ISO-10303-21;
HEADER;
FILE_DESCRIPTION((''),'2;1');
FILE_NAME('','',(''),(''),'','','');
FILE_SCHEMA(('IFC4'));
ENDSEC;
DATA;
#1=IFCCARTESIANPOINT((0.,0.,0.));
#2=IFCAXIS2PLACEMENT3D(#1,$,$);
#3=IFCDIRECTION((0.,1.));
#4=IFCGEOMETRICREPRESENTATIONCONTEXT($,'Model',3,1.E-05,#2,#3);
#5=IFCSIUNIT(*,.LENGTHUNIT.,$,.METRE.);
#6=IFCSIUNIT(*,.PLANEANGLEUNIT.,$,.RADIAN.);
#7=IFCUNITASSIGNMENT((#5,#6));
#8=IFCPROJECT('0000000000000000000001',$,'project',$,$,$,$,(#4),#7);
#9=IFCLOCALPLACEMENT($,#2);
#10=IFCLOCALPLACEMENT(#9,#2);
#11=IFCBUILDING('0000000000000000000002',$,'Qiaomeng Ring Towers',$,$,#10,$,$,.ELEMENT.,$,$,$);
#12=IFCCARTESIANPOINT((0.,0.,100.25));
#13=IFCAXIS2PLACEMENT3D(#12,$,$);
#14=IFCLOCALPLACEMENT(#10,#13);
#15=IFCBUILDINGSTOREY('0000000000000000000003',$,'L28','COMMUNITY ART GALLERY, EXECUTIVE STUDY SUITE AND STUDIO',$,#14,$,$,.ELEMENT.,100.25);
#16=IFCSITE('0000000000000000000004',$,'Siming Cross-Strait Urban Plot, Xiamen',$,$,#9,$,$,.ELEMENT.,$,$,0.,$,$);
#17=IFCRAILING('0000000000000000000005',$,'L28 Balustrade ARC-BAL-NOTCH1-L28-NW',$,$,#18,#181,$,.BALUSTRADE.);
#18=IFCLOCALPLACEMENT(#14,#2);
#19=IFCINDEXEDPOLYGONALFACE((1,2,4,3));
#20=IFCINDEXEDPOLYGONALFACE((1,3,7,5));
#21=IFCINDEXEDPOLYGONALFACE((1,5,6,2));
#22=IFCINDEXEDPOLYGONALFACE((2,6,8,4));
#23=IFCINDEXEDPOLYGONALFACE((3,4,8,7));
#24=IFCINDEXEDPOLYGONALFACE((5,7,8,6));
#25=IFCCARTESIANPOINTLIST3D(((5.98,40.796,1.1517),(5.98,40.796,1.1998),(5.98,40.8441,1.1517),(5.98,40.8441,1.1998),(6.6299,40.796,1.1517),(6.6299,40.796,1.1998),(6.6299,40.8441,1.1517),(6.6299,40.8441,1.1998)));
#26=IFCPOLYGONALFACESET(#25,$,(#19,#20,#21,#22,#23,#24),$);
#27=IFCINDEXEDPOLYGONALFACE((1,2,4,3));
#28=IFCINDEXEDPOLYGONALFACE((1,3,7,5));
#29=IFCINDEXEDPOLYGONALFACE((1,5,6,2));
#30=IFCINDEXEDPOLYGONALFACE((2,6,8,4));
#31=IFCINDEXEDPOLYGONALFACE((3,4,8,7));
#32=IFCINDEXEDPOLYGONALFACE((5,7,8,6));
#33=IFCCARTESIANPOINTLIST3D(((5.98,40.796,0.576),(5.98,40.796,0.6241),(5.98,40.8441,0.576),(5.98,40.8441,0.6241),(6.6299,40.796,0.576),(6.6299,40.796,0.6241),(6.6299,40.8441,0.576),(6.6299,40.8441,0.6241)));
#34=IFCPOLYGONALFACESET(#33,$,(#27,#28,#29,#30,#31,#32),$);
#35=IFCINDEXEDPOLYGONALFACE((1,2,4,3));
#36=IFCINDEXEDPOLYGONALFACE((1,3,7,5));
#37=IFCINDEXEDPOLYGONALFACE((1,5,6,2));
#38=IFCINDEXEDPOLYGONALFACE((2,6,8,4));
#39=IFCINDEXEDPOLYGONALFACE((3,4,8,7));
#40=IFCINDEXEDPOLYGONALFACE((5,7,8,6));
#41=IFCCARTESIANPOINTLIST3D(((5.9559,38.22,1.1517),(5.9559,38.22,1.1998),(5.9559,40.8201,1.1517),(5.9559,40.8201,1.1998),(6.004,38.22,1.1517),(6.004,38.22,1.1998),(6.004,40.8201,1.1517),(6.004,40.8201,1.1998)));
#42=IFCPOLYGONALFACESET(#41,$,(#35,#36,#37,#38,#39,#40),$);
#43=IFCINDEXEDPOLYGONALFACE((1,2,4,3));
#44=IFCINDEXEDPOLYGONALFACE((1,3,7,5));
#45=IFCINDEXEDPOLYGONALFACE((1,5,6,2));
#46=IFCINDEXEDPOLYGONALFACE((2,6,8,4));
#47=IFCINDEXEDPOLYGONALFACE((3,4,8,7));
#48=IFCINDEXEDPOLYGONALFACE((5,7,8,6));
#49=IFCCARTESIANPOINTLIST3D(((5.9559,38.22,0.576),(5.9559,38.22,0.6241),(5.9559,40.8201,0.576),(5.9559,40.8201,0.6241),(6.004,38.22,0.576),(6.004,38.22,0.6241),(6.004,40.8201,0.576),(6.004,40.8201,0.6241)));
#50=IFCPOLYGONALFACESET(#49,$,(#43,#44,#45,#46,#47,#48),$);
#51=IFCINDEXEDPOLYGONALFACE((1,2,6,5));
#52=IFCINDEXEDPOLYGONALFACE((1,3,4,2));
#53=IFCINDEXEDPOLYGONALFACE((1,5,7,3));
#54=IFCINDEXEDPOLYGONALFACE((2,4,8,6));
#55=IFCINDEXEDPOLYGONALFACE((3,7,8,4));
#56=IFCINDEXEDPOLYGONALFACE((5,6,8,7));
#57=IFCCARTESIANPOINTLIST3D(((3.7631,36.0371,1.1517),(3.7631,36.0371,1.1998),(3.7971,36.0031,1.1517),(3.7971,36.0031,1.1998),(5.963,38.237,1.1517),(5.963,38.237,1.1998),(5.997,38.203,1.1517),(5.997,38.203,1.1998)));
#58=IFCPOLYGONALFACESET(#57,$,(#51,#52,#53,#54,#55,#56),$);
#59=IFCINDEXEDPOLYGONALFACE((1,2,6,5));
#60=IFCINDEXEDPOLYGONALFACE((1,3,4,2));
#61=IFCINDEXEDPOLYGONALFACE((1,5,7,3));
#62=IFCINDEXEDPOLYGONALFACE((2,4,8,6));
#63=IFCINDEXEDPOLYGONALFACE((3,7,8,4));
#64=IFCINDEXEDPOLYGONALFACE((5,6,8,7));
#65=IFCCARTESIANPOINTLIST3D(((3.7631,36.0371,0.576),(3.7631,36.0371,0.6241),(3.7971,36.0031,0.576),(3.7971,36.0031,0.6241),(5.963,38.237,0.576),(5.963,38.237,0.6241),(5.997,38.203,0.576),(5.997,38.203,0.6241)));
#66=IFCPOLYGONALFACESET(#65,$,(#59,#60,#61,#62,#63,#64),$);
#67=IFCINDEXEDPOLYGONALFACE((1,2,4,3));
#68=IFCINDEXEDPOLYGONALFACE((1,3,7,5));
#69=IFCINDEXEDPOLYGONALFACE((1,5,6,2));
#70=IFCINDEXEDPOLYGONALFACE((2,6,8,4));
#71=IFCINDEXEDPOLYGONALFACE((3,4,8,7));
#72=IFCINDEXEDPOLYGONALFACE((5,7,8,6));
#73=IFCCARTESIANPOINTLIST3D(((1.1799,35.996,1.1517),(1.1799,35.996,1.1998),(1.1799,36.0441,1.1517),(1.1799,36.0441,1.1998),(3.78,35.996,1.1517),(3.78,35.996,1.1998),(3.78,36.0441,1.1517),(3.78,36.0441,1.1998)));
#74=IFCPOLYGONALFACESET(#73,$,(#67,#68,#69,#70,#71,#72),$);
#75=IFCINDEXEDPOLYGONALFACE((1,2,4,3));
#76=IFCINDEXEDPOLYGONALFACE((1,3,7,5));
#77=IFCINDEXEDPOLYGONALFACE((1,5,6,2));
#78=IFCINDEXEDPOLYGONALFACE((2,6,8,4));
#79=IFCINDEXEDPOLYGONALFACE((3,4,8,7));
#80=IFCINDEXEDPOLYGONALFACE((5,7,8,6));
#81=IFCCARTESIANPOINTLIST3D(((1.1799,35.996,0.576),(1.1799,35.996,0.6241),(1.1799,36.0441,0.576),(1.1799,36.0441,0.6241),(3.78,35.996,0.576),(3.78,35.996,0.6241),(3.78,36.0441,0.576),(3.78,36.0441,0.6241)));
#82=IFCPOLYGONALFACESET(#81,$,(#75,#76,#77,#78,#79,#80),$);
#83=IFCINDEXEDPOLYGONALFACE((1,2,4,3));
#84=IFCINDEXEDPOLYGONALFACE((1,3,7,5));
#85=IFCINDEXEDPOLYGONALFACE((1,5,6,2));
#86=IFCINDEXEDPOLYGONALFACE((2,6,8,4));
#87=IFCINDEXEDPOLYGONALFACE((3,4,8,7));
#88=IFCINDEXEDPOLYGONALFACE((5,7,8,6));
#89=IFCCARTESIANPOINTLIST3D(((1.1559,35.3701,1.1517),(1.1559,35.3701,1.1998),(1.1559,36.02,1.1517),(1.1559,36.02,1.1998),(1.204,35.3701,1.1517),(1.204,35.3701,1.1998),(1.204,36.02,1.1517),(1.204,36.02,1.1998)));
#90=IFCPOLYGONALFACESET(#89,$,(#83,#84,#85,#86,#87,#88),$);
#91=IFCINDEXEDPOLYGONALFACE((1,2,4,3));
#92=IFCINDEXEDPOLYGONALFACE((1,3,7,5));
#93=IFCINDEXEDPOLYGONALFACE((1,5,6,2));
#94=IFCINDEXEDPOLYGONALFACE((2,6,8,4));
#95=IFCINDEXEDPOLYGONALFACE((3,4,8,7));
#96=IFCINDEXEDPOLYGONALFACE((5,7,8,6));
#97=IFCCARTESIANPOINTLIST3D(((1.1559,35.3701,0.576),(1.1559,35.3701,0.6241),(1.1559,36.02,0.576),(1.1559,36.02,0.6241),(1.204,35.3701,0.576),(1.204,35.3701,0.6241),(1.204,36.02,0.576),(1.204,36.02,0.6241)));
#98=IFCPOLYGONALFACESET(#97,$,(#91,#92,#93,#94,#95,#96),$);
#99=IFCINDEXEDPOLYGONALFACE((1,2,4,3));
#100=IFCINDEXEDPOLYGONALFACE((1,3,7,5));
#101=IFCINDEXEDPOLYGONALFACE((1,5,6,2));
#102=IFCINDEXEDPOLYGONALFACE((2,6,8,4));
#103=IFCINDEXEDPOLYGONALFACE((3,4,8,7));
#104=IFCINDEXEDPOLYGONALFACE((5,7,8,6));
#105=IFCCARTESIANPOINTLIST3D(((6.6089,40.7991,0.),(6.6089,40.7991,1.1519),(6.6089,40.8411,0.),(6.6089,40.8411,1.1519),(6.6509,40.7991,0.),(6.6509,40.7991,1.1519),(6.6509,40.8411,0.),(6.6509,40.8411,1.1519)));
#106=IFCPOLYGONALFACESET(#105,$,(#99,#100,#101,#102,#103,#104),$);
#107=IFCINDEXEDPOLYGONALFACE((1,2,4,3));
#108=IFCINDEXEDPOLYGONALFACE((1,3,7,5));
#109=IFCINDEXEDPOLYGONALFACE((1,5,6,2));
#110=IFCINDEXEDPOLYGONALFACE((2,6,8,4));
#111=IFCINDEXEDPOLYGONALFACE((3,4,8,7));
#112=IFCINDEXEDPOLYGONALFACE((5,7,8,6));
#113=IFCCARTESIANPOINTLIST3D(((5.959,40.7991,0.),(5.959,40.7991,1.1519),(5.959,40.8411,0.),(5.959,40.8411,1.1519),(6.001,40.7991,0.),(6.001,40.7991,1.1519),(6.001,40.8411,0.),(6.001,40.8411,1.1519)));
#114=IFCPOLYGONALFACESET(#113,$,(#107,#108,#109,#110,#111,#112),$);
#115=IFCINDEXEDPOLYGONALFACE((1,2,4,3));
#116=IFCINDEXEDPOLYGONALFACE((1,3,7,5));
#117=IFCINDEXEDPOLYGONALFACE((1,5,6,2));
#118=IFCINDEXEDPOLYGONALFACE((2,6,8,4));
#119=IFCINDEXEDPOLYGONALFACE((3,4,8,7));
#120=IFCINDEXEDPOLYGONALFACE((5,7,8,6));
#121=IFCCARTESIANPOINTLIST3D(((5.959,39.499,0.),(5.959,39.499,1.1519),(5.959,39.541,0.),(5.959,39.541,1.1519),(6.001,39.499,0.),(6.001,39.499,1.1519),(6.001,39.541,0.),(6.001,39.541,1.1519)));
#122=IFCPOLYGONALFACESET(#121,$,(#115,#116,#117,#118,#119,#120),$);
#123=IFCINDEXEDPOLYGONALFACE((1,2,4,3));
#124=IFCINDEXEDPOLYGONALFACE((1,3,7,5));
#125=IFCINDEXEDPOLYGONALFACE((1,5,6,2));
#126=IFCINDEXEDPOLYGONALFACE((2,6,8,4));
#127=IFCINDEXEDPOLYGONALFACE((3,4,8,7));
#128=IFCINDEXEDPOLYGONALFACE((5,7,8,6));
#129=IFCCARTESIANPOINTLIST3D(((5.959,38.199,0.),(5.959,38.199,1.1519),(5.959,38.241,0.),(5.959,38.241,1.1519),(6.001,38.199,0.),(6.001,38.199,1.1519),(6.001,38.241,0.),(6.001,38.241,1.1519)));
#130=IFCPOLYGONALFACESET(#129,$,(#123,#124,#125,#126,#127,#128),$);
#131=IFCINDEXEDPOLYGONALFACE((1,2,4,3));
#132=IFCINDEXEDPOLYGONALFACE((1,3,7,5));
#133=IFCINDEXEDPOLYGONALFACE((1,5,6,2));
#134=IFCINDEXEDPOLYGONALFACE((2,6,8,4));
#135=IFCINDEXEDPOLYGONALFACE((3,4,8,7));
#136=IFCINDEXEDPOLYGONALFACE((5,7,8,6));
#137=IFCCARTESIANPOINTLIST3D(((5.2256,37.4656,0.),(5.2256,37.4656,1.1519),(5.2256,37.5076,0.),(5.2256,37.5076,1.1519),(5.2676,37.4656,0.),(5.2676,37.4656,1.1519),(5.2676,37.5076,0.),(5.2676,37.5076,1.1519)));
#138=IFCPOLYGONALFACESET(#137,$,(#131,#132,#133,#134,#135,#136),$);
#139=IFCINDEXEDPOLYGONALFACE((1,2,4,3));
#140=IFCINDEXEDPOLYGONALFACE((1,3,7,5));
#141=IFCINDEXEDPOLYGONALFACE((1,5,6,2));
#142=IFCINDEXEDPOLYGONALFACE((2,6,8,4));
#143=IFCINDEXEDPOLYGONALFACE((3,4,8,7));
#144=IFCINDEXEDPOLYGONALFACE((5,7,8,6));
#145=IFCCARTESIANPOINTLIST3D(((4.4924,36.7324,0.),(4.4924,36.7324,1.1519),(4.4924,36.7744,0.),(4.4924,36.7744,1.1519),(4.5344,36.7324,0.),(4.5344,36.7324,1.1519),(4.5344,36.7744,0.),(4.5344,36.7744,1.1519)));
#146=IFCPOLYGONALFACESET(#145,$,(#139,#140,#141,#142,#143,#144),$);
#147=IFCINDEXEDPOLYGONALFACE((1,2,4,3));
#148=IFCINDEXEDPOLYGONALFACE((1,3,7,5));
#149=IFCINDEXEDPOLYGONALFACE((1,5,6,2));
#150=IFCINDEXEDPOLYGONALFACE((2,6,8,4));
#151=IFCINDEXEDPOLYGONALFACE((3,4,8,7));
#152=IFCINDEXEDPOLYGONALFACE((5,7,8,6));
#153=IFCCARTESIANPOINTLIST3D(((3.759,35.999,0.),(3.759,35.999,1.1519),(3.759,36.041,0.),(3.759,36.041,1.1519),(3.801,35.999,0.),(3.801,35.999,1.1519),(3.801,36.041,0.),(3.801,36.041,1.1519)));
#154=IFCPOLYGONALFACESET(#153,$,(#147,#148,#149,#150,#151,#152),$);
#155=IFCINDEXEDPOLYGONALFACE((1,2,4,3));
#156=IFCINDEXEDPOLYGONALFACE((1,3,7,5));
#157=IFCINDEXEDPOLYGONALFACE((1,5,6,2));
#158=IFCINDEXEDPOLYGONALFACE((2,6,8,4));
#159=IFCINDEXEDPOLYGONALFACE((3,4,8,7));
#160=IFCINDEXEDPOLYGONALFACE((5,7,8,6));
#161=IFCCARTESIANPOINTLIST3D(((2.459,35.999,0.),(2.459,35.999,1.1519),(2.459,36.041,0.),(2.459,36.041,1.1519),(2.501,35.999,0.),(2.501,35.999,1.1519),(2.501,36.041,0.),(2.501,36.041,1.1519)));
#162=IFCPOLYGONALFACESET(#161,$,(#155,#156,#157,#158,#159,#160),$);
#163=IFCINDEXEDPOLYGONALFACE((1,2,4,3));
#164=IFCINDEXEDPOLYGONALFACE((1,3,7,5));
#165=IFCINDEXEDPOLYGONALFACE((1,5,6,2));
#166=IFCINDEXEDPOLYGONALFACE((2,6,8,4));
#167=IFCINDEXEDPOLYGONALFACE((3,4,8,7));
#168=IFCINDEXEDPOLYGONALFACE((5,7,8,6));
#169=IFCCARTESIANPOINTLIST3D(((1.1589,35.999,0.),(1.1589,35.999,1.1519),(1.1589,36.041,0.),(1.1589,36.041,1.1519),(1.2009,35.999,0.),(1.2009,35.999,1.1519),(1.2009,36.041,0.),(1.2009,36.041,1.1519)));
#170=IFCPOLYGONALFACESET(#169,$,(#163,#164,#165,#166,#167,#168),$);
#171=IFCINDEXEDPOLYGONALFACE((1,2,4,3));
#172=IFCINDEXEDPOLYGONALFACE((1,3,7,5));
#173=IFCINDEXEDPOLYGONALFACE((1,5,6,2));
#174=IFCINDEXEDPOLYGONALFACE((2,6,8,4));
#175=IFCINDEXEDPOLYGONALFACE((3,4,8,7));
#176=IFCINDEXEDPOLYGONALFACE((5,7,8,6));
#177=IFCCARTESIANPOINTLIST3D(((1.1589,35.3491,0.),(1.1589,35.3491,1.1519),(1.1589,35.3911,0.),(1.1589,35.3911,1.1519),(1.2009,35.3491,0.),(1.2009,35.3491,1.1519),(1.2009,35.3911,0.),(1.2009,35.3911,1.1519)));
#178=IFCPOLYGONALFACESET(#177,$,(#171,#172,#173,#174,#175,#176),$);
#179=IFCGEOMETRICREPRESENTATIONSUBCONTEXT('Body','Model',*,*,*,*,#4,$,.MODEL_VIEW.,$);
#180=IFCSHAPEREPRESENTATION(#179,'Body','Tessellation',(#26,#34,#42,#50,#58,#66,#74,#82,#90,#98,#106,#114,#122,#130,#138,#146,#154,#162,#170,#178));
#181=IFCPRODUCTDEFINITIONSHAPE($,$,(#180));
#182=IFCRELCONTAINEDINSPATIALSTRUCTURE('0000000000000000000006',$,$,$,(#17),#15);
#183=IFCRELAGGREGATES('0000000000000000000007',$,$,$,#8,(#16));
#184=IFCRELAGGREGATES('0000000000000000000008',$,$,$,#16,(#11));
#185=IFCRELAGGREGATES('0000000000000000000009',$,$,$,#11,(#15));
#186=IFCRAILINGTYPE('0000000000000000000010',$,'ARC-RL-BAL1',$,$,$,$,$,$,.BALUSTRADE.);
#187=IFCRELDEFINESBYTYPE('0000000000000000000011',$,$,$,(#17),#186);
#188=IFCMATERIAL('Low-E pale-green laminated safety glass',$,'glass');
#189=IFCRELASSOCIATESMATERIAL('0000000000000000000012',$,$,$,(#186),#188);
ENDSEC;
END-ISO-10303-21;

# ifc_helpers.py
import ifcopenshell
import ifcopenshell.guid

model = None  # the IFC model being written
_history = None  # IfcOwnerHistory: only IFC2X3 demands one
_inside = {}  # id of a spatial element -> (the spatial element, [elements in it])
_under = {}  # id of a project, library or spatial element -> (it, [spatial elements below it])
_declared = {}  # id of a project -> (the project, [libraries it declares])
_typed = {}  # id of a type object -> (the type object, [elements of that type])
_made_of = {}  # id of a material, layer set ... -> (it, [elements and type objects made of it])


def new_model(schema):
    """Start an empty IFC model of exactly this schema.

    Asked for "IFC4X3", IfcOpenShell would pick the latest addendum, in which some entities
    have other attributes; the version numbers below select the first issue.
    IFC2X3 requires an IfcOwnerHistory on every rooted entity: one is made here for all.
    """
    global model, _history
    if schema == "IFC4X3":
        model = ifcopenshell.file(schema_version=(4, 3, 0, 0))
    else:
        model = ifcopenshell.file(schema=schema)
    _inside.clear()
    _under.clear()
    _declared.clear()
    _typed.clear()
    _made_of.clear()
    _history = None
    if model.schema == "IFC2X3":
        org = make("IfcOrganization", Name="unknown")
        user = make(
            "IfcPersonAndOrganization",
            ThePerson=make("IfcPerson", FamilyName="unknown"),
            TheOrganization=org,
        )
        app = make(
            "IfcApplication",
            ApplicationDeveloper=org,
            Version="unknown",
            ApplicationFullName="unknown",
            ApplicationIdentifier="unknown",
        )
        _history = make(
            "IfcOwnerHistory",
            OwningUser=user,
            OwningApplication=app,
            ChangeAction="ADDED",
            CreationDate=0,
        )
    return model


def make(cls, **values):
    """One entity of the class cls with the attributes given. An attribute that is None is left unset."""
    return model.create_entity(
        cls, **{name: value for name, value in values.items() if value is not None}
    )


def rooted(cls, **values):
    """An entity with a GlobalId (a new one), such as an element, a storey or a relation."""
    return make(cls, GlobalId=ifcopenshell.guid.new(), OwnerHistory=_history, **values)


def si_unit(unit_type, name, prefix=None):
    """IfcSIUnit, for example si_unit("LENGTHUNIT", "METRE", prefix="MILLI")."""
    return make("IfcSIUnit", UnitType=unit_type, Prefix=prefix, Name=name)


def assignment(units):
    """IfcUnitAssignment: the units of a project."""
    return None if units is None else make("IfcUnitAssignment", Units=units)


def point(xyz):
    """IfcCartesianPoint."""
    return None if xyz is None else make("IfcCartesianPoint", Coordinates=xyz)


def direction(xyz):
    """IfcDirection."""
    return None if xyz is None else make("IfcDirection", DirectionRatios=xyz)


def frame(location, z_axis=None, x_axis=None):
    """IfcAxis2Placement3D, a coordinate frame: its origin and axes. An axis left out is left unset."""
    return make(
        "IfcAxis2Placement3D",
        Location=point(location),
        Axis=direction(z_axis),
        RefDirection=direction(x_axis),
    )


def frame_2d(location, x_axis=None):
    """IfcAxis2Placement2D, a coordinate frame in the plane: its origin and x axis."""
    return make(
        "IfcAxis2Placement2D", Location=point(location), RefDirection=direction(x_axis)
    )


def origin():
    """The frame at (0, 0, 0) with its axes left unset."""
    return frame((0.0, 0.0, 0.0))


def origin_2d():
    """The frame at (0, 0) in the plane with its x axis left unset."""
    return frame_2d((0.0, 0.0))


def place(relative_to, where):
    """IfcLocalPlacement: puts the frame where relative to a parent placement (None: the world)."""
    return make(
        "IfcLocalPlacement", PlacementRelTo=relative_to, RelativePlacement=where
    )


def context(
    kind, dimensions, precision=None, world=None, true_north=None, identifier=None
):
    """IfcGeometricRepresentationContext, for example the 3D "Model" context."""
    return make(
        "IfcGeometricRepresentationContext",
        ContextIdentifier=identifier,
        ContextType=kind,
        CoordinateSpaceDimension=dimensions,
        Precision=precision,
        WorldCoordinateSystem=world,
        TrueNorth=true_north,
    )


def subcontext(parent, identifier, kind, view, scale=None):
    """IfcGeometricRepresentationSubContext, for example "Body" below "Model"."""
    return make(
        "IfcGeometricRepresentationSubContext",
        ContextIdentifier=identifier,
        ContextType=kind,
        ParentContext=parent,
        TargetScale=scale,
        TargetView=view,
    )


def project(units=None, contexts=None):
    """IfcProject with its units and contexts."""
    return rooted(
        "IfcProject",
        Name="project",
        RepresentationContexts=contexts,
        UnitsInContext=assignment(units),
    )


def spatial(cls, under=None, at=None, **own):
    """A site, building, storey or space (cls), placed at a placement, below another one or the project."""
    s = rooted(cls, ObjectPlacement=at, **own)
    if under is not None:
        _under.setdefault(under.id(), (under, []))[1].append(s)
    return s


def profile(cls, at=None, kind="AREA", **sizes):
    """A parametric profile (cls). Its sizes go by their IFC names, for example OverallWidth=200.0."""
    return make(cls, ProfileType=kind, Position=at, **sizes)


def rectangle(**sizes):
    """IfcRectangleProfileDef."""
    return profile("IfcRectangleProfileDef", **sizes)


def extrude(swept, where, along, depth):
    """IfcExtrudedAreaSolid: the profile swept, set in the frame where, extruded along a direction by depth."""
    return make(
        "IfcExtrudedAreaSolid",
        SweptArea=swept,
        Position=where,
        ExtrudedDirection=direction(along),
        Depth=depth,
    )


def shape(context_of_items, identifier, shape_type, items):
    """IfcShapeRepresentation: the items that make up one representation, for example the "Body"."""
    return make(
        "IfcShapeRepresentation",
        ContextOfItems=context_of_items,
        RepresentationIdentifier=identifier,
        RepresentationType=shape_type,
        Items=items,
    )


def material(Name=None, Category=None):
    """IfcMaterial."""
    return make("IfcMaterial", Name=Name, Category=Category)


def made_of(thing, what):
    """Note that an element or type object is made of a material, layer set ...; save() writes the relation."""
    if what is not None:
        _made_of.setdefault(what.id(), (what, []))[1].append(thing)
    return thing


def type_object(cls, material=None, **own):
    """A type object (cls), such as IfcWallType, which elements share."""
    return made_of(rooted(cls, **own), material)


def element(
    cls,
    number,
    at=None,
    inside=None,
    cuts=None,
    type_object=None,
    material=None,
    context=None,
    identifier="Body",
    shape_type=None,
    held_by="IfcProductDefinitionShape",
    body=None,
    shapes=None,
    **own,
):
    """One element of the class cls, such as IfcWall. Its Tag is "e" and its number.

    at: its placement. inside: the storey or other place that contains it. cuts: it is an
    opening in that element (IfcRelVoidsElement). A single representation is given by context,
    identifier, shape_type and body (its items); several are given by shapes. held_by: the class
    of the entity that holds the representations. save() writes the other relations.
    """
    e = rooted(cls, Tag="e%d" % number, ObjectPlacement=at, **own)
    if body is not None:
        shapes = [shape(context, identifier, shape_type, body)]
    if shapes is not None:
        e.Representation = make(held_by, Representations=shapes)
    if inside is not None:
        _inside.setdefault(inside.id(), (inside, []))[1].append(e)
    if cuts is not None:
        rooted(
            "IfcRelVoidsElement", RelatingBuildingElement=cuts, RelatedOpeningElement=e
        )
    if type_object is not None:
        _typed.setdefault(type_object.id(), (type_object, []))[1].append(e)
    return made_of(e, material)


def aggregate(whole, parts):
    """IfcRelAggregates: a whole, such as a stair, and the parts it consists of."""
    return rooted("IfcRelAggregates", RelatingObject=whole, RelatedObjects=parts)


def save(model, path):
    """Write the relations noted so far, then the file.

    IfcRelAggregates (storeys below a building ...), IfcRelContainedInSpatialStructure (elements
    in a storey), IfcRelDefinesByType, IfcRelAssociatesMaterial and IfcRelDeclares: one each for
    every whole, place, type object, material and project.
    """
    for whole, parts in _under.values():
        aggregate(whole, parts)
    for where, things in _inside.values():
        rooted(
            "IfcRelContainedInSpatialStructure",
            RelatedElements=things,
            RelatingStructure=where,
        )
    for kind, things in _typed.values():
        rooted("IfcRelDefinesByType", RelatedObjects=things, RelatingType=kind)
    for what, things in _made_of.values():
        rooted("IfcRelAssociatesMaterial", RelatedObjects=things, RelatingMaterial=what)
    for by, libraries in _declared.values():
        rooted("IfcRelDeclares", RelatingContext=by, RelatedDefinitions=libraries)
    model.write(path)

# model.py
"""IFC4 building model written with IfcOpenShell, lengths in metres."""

from ifc_helpers import new_model, si_unit, direction, frame, origin, origin_2d, place, context, subcontext, project, spatial, rectangle, extrude, material, type_object, element, save


model = new_model("IFC4")

# Units and contexts
model_context = context("Model", 3, precision=1e-05, world=origin(), true_north=direction((0.0, 1.0)))
body_context = subcontext(model_context, "Body", "Model", "MODEL_VIEW")
ifc_project = project(units=[si_unit("LENGTHUNIT", "METRE"), si_unit("PLANEANGLEUNIT", "RADIAN")], contexts=[model_context])

# Site, building, storey
site_placement = place(None, origin())
site = spatial("IfcSite", under=ifc_project, at=site_placement, Name="Siming Cross-Strait Urban Plot, Xiamen", CompositionType="ELEMENT", RefElevation=0.0)
building_placement = place(site_placement, origin())
building = spatial("IfcBuilding", under=site, at=building_placement, Name="Qiaomeng Ring Towers", CompositionType="ELEMENT")
storey_placement = place(building_placement, frame((0.0, 0.0, 100.25)))
storey = spatial("IfcBuildingStorey", under=building, at=storey_placement, Name="L28", Description="COMMUNITY ART GALLERY, EXECUTIVE STUDY SUITE AND STUDIO", CompositionType="ELEMENT", Elevation=100.25)

# Railing
ifc_material_1 = material(Name="Low-E pale-green laminated safety glass", Category="glass")
railing_type = type_object("IfcRailingType", Name="ARC-RL-BAL1", PredefinedType="BALUSTRADE", material=ifc_material_1)
railing_placement = place(storey_placement, frame((6.6299, 40.8201, 0.0)))
element("IfcRailing", 1, at=railing_placement, inside=storey, type_object=railing_type, Name="L28 Balustrade ARC-BAL-NOTCH1-L28-NW", PredefinedType="BALUSTRADE", context=body_context, shape_type="SweptSolid", body=[
    extrude(rectangle(XDim=0.0481, YDim=0.0481, at=origin_2d()), frame((0.0, 0.0, 1.1758), z_axis=(-1.0, 0.0, 0.0), x_axis=(0.0, -1.0, 0.0)), (0.0, 0.0, 1.0), 0.6499),
    extrude(rectangle(XDim=0.0481, YDim=0.0481, at=origin_2d()), frame((0.0, 0.0, 0.6001), z_axis=(-1.0, 0.0, 0.0), x_axis=(0.0, -1.0, 0.0)), (0.0, 0.0, 1.0), 0.6499),
    extrude(rectangle(XDim=0.0481, YDim=0.0481, at=origin_2d()), frame((-0.6499, 0.0, 1.1758), z_axis=(0.0, -1.0, 0.0), x_axis=(1.0, 0.0, 0.0)), (0.0, 0.0, 1.0), 2.6001),
    extrude(rectangle(XDim=0.0481, YDim=0.0481, at=origin_2d()), frame((-0.6499, 0.0, 0.6001), z_axis=(0.0, -1.0, 0.0), x_axis=(1.0, 0.0, 0.0)), (0.0, 0.0, 1.0), 2.6001),
    extrude(rectangle(XDim=0.0481, YDim=0.0481, at=origin_2d()), frame((-0.6499, -2.6001, 1.1758), z_axis=(-0.707107, -0.707107, 0.0), x_axis=(0.707107, -0.707107, 0.0)), (0.0, 0.0, 1.0), 3.1111),
    extrude(rectangle(XDim=0.0481, YDim=0.0481, at=origin_2d()), frame((-0.6499, -2.6001, 0.6001), z_axis=(-0.707107, -0.707107, 0.0), x_axis=(0.707107, -0.707107, 0.0)), (0.0, 0.0, 1.0), 3.1111),
    extrude(rectangle(XDim=0.0481, YDim=0.0481, at=origin_2d()), frame((-2.8499, -4.8, 1.1758), z_axis=(-1.0, 0.0, 0.0), x_axis=(0.0, -1.0, 0.0)), (0.0, 0.0, 1.0), 2.6001),
    extrude(rectangle(XDim=0.0481, YDim=0.0481, at=origin_2d()), frame((-2.8499, -4.8, 0.6001), z_axis=(-1.0, 0.0, 0.0), x_axis=(0.0, -1.0, 0.0)), (0.0, 0.0, 1.0), 2.6001),
    extrude(rectangle(XDim=0.0481, YDim=0.0481, at=origin_2d()), frame((-5.45, -4.8, 1.1758), z_axis=(0.0, -1.0, 0.0), x_axis=(1.0, 0.0, 0.0)), (0.0, 0.0, 1.0), 0.6499),
    extrude(rectangle(XDim=0.0481, YDim=0.0481, at=origin_2d()), frame((-5.45, -4.8, 0.6001), z_axis=(0.0, -1.0, 0.0), x_axis=(1.0, 0.0, 0.0)), (0.0, 0.0, 1.0), 0.6499),
    extrude(rectangle(XDim=0.042, YDim=0.042, at=origin_2d()), origin(), (0.0, 0.0, 1.0), 1.1519),
    extrude(rectangle(XDim=0.042, YDim=0.042, at=origin_2d()), frame((-0.6499, 0.0, 0.0)), (0.0, 0.0, 1.0), 1.1519),
    extrude(rectangle(XDim=0.042, YDim=0.042, at=origin_2d()), frame((-0.6499, -1.3, 0.0)), (0.0, 0.0, 1.0), 1.1519),
    extrude(rectangle(XDim=0.042, YDim=0.042, at=origin_2d()), frame((-0.6499, -2.6001, 0.0)), (0.0, 0.0, 1.0), 1.1519),
    extrude(rectangle(XDim=0.042, YDim=0.042, at=origin_2d()), frame((-1.3833, -3.3335, 0.0)), (0.0, 0.0, 1.0), 1.1519),
    extrude(rectangle(XDim=0.042, YDim=0.042, at=origin_2d()), frame((-2.1165, -4.0667, 0.0)), (0.0, 0.0, 1.0), 1.1519),
    extrude(rectangle(XDim=0.042, YDim=0.042, at=origin_2d()), frame((-2.8499, -4.8, 0.0)), (0.0, 0.0, 1.0), 1.1519),
    extrude(rectangle(XDim=0.042, YDim=0.042, at=origin_2d()), frame((-4.1499, -4.8, 0.0)), (0.0, 0.0, 1.0), 1.1519),
    extrude(rectangle(XDim=0.042, YDim=0.042, at=origin_2d()), frame((-5.45, -4.8, 0.0)), (0.0, 0.0, 1.0), 1.1519),
    extrude(rectangle(XDim=0.042, YDim=0.042, at=origin_2d()), frame((-5.45, -5.45, 0.0)), (0.0, 0.0, 1.0), 1.1519),
])

save(model, "model.ifc")
